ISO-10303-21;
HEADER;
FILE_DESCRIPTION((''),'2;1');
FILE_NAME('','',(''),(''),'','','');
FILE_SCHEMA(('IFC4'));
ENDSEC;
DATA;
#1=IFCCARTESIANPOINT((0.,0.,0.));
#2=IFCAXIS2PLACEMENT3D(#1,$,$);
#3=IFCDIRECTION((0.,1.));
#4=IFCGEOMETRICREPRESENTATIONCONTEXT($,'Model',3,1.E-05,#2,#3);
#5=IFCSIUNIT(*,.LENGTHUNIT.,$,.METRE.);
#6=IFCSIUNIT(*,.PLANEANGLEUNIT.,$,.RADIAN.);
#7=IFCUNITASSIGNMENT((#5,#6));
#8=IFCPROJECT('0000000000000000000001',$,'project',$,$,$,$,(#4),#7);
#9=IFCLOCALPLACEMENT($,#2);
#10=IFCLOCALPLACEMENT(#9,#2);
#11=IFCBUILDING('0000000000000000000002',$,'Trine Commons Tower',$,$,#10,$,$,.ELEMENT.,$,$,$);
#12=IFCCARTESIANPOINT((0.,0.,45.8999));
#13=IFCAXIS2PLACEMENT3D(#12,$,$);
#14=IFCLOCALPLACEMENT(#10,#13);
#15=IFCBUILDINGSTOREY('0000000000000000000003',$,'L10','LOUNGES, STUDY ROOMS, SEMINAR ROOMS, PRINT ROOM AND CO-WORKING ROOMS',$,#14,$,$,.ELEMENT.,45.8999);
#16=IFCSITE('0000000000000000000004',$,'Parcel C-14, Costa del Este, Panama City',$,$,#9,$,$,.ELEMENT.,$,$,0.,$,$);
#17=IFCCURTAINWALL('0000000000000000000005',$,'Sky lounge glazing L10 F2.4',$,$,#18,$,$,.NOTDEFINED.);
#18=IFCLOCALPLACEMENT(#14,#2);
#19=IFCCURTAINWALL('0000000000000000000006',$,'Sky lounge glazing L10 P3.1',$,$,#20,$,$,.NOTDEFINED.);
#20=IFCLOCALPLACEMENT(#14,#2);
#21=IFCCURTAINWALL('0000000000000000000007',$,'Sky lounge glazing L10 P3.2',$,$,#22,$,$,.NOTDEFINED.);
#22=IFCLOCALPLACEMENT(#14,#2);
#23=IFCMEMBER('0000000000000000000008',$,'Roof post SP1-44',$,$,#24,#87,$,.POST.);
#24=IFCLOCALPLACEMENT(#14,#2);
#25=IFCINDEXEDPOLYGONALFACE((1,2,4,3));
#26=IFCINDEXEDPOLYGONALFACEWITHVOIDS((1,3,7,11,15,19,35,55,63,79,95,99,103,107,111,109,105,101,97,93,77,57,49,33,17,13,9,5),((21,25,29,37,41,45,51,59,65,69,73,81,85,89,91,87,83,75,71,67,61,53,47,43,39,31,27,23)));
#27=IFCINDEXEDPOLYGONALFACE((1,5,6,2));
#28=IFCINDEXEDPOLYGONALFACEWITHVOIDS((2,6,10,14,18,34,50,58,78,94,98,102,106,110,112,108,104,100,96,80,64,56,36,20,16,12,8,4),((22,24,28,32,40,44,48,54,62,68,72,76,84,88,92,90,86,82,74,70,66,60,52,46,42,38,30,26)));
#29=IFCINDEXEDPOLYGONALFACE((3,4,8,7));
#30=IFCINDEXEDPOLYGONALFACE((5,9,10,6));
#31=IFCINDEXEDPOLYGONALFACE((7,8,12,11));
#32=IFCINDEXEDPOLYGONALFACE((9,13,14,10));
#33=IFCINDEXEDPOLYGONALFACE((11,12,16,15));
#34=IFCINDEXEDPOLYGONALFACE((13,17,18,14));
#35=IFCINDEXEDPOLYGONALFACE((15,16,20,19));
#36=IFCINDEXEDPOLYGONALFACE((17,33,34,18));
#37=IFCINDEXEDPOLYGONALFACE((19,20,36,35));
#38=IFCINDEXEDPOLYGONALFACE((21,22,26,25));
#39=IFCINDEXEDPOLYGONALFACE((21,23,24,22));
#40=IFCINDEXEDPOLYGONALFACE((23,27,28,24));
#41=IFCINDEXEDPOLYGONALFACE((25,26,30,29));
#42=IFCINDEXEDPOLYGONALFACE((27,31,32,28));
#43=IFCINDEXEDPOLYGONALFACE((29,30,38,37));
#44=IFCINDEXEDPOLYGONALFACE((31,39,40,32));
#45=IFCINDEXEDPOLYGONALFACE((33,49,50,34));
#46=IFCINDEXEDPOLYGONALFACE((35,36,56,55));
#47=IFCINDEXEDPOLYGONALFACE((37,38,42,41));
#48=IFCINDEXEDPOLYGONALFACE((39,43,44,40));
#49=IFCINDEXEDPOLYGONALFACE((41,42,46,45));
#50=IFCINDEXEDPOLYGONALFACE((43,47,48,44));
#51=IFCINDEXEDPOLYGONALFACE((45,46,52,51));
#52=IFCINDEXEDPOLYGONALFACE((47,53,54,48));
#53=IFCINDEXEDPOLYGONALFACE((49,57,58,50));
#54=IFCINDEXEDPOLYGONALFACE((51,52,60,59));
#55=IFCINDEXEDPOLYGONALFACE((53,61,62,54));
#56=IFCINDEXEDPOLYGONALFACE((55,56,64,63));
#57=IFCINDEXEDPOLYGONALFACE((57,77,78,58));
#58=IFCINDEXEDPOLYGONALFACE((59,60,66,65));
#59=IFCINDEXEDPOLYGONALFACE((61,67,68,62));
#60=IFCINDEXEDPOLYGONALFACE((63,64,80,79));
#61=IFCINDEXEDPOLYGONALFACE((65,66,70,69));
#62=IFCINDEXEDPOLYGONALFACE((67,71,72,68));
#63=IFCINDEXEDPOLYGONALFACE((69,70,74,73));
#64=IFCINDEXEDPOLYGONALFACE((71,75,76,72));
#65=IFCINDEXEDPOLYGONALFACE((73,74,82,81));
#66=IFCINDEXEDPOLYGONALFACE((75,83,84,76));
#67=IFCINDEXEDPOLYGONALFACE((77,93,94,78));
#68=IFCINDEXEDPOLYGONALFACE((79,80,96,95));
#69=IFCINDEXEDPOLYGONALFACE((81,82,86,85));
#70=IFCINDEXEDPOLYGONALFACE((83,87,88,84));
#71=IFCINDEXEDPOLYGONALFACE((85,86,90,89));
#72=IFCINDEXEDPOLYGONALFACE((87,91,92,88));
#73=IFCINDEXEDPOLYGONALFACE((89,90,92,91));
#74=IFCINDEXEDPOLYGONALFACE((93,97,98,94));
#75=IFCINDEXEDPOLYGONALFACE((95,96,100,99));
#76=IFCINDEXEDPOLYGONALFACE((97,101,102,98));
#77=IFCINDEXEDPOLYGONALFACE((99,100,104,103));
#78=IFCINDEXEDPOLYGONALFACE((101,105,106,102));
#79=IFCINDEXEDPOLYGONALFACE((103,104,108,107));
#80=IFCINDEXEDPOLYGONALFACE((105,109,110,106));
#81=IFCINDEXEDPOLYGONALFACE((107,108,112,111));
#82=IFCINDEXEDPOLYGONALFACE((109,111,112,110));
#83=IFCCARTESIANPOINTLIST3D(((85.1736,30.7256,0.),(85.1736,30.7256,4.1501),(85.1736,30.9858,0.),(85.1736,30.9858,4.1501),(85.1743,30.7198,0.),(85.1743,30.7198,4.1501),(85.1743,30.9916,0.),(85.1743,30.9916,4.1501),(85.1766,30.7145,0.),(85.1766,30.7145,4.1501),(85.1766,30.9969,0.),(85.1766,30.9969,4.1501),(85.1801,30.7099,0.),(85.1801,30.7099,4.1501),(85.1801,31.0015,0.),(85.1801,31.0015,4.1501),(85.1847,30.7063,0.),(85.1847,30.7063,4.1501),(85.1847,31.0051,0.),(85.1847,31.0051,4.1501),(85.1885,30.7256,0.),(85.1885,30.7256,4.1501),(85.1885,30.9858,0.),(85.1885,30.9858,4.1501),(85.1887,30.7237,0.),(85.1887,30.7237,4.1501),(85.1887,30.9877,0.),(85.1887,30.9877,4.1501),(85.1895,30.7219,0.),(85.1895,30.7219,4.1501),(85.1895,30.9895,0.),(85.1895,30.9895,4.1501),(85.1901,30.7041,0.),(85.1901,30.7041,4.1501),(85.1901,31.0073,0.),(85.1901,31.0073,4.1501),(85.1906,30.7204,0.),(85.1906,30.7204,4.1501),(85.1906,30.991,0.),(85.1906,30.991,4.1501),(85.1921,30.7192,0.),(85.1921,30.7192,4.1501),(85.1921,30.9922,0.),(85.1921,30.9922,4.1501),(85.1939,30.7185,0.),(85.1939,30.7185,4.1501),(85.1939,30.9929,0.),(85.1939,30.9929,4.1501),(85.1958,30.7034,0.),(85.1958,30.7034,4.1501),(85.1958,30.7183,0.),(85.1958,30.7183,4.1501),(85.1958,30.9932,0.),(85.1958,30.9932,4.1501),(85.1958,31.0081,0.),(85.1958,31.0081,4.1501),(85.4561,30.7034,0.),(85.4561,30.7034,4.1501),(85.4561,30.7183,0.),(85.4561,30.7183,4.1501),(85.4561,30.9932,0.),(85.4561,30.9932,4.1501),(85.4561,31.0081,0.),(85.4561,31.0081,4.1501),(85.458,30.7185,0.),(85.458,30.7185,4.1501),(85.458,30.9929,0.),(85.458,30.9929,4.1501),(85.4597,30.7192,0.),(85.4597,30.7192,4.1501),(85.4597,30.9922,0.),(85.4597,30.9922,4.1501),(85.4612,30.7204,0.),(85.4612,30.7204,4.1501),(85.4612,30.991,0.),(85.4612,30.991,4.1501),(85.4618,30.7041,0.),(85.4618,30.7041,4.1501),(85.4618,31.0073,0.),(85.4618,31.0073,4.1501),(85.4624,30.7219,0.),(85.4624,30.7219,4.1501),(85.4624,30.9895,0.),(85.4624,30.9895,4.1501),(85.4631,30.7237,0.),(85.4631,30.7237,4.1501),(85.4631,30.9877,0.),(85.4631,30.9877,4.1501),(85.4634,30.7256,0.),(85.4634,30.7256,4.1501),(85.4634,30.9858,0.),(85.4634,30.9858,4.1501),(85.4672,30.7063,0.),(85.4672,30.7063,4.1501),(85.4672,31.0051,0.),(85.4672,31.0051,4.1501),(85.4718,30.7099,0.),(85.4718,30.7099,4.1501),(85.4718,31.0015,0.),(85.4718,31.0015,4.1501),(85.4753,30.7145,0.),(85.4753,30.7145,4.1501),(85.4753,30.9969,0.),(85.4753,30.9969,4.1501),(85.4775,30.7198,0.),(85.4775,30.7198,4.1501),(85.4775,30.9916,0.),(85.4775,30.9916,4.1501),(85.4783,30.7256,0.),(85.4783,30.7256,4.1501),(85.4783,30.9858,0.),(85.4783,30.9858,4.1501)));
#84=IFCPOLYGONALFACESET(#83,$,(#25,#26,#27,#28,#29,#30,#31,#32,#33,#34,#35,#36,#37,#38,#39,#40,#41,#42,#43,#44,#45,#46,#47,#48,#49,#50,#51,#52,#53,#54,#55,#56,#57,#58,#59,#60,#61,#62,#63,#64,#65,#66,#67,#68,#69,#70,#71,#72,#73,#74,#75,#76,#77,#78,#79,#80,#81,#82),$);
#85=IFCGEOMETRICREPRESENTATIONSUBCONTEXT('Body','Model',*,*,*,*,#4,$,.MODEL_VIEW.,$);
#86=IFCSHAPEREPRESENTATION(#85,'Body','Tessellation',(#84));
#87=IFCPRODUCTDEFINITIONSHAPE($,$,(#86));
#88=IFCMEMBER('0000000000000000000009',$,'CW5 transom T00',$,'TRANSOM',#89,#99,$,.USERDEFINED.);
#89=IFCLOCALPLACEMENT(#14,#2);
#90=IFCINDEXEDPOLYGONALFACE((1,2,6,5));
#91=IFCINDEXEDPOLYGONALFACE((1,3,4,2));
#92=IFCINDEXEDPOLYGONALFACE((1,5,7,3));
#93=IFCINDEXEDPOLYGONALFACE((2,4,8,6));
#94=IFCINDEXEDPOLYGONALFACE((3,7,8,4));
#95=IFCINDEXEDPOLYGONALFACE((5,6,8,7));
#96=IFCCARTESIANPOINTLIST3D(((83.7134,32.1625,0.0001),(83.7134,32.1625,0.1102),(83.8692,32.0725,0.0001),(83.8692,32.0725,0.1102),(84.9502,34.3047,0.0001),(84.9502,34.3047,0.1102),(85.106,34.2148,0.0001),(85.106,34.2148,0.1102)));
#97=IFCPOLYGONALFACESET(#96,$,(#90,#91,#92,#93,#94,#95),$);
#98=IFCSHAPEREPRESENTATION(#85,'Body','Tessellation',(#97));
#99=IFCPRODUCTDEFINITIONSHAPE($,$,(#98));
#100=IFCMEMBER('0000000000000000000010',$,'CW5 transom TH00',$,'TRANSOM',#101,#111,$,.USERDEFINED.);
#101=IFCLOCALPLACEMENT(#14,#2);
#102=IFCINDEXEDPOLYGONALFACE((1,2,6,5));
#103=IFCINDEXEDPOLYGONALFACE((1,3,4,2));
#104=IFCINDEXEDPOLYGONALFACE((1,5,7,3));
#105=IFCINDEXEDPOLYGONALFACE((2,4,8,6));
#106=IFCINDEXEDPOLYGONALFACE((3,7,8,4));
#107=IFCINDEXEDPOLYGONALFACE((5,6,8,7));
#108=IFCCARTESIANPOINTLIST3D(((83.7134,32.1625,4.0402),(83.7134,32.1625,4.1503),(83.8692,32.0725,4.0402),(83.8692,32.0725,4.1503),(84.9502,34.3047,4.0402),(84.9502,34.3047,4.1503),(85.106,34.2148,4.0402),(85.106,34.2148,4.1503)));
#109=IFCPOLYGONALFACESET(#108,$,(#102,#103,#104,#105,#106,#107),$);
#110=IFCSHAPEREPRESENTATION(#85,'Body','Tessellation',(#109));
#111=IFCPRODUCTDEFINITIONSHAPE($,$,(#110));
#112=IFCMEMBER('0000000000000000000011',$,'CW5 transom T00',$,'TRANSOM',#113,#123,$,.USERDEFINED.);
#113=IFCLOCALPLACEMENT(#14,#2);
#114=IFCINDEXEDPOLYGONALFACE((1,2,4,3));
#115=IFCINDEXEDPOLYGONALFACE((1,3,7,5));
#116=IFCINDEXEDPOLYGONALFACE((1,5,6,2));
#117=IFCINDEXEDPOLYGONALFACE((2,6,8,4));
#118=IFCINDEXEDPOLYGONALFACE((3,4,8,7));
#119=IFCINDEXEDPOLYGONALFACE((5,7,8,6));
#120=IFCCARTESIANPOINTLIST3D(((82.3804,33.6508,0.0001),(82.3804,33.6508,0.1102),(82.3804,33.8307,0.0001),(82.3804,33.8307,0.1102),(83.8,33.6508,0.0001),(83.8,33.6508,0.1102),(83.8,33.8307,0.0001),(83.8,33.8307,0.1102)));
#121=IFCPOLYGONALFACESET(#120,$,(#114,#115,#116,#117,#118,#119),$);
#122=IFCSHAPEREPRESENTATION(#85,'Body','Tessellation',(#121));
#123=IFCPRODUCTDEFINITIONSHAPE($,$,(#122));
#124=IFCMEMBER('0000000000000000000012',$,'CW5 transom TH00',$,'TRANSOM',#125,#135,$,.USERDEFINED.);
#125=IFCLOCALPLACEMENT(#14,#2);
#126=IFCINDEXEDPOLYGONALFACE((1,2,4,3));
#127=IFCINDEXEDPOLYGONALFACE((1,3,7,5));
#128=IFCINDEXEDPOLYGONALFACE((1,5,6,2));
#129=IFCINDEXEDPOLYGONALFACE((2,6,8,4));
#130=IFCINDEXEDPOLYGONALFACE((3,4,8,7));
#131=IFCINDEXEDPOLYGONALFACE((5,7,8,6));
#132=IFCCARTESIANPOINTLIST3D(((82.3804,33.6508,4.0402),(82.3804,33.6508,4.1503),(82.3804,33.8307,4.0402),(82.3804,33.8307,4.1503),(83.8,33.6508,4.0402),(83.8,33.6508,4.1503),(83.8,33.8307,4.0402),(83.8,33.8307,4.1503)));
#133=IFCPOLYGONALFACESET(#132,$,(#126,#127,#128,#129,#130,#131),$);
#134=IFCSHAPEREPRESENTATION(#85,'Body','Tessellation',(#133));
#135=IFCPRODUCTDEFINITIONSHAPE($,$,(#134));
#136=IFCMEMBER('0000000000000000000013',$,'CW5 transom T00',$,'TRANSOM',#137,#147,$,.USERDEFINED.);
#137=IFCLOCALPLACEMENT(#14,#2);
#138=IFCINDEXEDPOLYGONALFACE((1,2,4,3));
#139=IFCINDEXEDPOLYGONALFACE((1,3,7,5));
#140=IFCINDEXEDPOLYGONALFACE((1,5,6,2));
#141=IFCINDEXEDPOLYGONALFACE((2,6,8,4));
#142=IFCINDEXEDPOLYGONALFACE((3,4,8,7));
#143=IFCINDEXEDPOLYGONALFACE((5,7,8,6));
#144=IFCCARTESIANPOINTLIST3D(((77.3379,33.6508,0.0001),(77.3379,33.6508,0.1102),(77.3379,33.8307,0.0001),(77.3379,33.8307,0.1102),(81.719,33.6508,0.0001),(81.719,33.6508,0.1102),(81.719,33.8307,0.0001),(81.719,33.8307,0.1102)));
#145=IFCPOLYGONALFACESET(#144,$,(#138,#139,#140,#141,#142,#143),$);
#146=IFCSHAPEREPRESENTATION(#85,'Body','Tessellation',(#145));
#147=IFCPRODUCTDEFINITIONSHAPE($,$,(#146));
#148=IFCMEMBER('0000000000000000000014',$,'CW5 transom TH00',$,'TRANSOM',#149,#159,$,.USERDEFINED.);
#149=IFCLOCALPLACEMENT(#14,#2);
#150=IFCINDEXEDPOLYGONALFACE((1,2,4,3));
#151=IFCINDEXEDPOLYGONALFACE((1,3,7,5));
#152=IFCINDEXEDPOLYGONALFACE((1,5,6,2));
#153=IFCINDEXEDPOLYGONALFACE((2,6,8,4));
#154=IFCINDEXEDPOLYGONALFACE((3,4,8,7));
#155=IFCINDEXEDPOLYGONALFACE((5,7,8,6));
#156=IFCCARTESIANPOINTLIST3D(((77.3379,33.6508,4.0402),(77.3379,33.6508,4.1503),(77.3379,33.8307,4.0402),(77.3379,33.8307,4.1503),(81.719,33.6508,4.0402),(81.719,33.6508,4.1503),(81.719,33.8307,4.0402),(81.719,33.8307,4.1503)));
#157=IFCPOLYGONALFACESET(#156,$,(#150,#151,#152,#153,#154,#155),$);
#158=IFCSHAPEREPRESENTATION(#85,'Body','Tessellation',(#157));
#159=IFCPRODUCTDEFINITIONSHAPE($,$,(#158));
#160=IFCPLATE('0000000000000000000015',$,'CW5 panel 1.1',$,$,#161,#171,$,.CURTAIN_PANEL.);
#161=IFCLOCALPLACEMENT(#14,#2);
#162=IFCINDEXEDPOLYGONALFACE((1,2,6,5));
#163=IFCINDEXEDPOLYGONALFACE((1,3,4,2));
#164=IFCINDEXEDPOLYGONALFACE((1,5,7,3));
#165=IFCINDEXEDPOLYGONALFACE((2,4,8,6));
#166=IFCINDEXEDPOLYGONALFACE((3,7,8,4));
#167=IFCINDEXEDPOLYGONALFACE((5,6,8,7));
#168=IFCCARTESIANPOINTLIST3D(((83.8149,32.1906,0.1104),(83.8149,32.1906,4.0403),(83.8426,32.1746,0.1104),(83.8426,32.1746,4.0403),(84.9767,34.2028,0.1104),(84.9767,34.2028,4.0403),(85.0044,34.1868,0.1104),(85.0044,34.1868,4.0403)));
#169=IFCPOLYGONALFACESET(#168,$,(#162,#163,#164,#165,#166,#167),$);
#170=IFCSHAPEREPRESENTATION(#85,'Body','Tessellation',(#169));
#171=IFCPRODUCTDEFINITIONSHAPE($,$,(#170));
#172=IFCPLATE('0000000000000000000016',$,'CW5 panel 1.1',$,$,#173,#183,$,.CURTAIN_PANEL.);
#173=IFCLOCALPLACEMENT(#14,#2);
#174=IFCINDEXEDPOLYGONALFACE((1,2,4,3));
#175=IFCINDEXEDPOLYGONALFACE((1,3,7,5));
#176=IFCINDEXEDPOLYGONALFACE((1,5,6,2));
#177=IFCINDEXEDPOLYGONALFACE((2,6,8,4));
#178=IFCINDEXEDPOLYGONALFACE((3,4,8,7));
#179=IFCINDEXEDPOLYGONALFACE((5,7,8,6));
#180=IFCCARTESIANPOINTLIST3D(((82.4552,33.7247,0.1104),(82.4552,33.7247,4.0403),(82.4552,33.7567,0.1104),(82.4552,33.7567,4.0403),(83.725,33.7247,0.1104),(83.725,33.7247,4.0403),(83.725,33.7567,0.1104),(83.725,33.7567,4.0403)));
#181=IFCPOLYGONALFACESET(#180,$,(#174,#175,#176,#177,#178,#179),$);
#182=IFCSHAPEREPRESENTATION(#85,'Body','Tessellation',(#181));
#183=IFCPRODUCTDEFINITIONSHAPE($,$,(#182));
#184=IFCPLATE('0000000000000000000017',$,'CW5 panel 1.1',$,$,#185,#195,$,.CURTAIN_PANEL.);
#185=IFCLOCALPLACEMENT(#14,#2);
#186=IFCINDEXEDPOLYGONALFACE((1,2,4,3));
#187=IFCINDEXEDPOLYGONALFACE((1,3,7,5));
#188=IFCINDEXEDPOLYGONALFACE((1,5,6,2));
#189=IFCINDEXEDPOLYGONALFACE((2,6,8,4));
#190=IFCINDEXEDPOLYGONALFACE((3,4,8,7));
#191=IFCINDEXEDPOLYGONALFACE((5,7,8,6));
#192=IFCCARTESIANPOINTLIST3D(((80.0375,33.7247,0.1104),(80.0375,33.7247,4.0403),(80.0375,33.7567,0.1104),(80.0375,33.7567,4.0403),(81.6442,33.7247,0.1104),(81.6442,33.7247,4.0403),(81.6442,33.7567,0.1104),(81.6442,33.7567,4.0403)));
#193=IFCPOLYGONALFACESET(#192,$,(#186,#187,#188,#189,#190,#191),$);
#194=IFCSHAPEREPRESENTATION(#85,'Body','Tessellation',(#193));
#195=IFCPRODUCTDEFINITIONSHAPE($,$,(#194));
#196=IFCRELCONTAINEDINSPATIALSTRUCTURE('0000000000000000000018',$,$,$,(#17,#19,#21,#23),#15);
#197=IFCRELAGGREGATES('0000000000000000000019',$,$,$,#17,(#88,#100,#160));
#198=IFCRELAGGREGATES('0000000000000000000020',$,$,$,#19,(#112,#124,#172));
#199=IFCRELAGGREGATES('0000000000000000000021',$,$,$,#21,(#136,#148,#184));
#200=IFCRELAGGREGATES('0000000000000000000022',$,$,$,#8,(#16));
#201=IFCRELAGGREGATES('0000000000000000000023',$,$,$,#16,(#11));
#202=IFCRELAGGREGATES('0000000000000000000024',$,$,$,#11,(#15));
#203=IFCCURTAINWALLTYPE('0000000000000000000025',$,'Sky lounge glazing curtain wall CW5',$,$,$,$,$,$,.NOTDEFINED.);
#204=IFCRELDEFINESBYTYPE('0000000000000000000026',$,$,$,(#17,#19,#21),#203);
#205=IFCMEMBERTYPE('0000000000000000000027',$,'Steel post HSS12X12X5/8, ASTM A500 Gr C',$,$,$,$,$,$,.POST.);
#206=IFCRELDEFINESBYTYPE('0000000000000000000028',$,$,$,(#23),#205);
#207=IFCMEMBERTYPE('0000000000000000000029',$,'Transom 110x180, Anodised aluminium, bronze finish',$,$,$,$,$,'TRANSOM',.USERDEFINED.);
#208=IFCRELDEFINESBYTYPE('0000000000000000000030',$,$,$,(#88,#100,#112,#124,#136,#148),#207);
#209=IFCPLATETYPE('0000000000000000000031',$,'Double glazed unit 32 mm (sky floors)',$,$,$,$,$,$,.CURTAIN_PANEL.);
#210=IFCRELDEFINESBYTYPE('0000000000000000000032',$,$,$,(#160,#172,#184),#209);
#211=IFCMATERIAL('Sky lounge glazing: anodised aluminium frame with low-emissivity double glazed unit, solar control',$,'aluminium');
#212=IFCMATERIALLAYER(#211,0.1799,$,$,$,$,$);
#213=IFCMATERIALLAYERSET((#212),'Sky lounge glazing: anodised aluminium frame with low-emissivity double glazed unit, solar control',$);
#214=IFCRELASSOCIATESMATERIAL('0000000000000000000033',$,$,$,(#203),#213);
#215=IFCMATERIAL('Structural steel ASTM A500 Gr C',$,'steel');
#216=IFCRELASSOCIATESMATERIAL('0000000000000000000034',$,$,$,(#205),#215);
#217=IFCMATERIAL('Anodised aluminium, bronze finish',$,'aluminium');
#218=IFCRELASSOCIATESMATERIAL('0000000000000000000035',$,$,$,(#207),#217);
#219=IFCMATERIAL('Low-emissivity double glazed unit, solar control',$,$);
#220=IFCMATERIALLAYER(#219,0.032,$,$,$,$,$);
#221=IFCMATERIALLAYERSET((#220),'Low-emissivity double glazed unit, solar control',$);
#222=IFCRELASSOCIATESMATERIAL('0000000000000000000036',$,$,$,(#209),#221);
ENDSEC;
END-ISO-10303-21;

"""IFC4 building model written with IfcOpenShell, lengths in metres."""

from ifc_helpers import new_model, si_unit, direction, frame, origin, origin_2d, place, context, subcontext, project, spatial, rectangle, hollow_rectangle, extrude, material, layer, layer_set, material_profile, profile_set, type_object, element, aggregate, save


model = new_model("IFC4")

# Units and contexts
model_context = context("Model", 3, precision=1e-05, world=origin(), true_north=direction((0.0, 1.0)))
body_context = subcontext(model_context, "Body", "Model", "MODEL_VIEW")
ifc_project = project(units=[si_unit("LENGTHUNIT", "METRE"), si_unit("PLANEANGLEUNIT", "RADIAN")], contexts=[model_context])

# Site, building, storey
site_placement = place(None, origin())
site = spatial("IfcSite", under=ifc_project, at=site_placement, Name="Parcel C-14, Costa del Este, Panama City", CompositionType="ELEMENT", RefElevation=0.0)
building_placement = place(site_placement, origin())
building = spatial("IfcBuilding", under=site, at=building_placement, Name="Trine Commons Tower", CompositionType="ELEMENT")
storey_placement = place(building_placement, frame((0.0, 0.0, 45.8999)))
storey = spatial("IfcBuildingStorey", under=building, at=storey_placement, Name="L10", Description="LOUNGES, STUDY ROOMS, SEMINAR ROOMS, PRINT ROOM AND CO-WORKING ROOMS", CompositionType="ELEMENT", Elevation=45.8999)

# Curtain walls
ifc_material_1 = material(Name="Sky lounge glazing: anodised aluminium frame with low-emissivity double glazed unit, solar control", Category="aluminium")
ifc_layer_1 = layer(ifc_material_1, 0.1799)
ifc_layer_set_1 = layer_set([ifc_layer_1], Name="Sky lounge glazing: anodised aluminium frame with low-emissivity double glazed unit, solar control")
curtain_wall_type = type_object("IfcCurtainWallType", Name="Sky lounge glazing curtain wall CW5", PredefinedType="NOTDEFINED", material=ifc_layer_set_1)
curtain_wall_1_placement = place(storey_placement, origin())
curtain_wall_1 = element("IfcCurtainWall", 1, at=curtain_wall_1_placement, inside=storey, type_object=curtain_wall_type, Name="Sky lounge glazing L10 F2.4", PredefinedType="NOTDEFINED")
ifc_material_2 = material(Name="Anodised aluminium, bronze finish", Category="aluminium")
curtain_wall_2_placement = place(storey_placement, origin())
curtain_wall_2 = element("IfcCurtainWall", 2, at=curtain_wall_2_placement, inside=storey, type_object=curtain_wall_type, Name="Sky lounge glazing L10 P3.1", PredefinedType="NOTDEFINED")
curtain_wall_3_placement = place(storey_placement, origin())
curtain_wall_3 = element("IfcCurtainWall", 3, at=curtain_wall_3_placement, inside=storey, type_object=curtain_wall_type, Name="Sky lounge glazing L10 P3.2", PredefinedType="NOTDEFINED")

# Member
ifc_material_3 = material(Name="Structural steel ASTM A500 Gr C", Category="steel")
ifc_material_profile_1 = material_profile(ifc_material_3, hollow_rectangle(XDim=0.3047, YDim=0.3047, WallThickness=0.0149, InnerFilletRadius=0.0073, OuterFilletRadius=0.0222, at=origin_2d()), Name="HSS12X12X5/8")
ifc_profile_set_1 = profile_set([ifc_material_profile_1], Name="Structural steel ASTM A500 Gr C")
member_type_1 = type_object("IfcMemberType", Name="Steel post HSS12X12X5/8, ASTM A500 Gr C", PredefinedType="POST", material=ifc_profile_set_1)
for number, where, z_axis, x_axis, name in (
    (4, (85.3259, 30.8557, 0.0), (0.0, 0.0, 1.0), (1.0, 0.0, 0.0), "Roof post SP1-44"),
):
    element("IfcMember", number, at=place(storey_placement, frame(where, z_axis=z_axis, x_axis=x_axis)), inside=storey, type_object=member_type_1, Name=name, PredefinedType="POST", context=body_context, shape_type="SweptSolid", body=[
        extrude(hollow_rectangle(XDim=0.3047, YDim=0.3047, WallThickness=0.0149, InnerFilletRadius=0.0073, OuterFilletRadius=0.0222, at=origin_2d()), origin(), (0.0, 0.0, 1.0), 4.1501),
    ])

# Members
ifc_material_profile_2 = material_profile(ifc_material_2, rectangle(XDim=0.1799, YDim=0.1101, at=origin_2d()), Name="Transom 110x180")
ifc_profile_set_2 = profile_set([ifc_material_profile_2], Name="Anodised aluminium, bronze finish")
member_type_2 = type_object("IfcMemberType", Name="Transom 110x180, Anodised aluminium, bronze finish", ElementType="TRANSOM", PredefinedType="USERDEFINED", material=ifc_profile_set_2)
member_1_placement = place(storey_placement, frame((85.0281, 34.2598, 0.0552), z_axis=(-0.499982, -0.866036, 0.0), x_axis=(0.866036, -0.499982, 0.0)))
member_1 = element("IfcMember", 5, at=member_1_placement, type_object=member_type_2, Name="CW5 transom T00", ObjectType="TRANSOM", PredefinedType="USERDEFINED", context=body_context, shape_type="SweptSolid", body=[
    extrude(rectangle(XDim=0.1799, YDim=0.1101, at=origin_2d()), origin(), (0.0, 0.0, 1.0), 2.4736),
])
member_2_placement = place(storey_placement, frame((85.0281, 34.2598, 4.0952), z_axis=(-0.499982, -0.866036, 0.0), x_axis=(0.866036, -0.499982, 0.0)))
member_2 = element("IfcMember", 6, at=member_2_placement, type_object=member_type_2, Name="CW5 transom TH00", ObjectType="TRANSOM", PredefinedType="USERDEFINED", context=body_context, shape_type="SweptSolid", body=[
    extrude(rectangle(XDim=0.1799, YDim=0.1101, at=origin_2d()), origin(), (0.0, 0.0, 1.0), 2.4736),
])
member_3_placement = place(storey_placement, frame((83.8, 33.7407, 0.0552), z_axis=(-1.0, 0.0, 0.0), x_axis=(0.0, -1.0, 0.0)))
member_3 = element("IfcMember", 7, at=member_3_placement, type_object=member_type_2, Name="CW5 transom T00", ObjectType="TRANSOM", PredefinedType="USERDEFINED", context=body_context, shape_type="SweptSolid", body=[
    extrude(rectangle(XDim=0.1799, YDim=0.1101, at=origin_2d()), origin(), (0.0, 0.0, 1.0), 1.4197),
])
member_4_placement = place(storey_placement, frame((83.8, 33.7407, 4.0952), z_axis=(-1.0, 0.0, 0.0), x_axis=(0.0, -1.0, 0.0)))
member_4 = element("IfcMember", 8, at=member_4_placement, type_object=member_type_2, Name="CW5 transom TH00", ObjectType="TRANSOM", PredefinedType="USERDEFINED", context=body_context, shape_type="SweptSolid", body=[
    extrude(rectangle(XDim=0.1799, YDim=0.1101, at=origin_2d()), origin(), (0.0, 0.0, 1.0), 1.4197),
])
member_5_placement = place(storey_placement, frame((81.719, 33.7407, 0.0552), z_axis=(-1.0, 0.0, 0.0), x_axis=(0.0, -1.0, 0.0)))
member_5 = element("IfcMember", 9, at=member_5_placement, type_object=member_type_2, Name="CW5 transom T00", ObjectType="TRANSOM", PredefinedType="USERDEFINED", context=body_context, shape_type="SweptSolid", body=[
    extrude(rectangle(XDim=0.1799, YDim=0.1101, at=origin_2d()), origin(), (0.0, 0.0, 1.0), 4.3811),
])
member_6_placement = place(storey_placement, frame((81.719, 33.7407, 4.0952), z_axis=(-1.0, 0.0, 0.0), x_axis=(0.0, -1.0, 0.0)))
member_6 = element("IfcMember", 10, at=member_6_placement, type_object=member_type_2, Name="CW5 transom TH00", ObjectType="TRANSOM", PredefinedType="USERDEFINED", context=body_context, shape_type="SweptSolid", body=[
    extrude(rectangle(XDim=0.1799, YDim=0.1101, at=origin_2d()), origin(), (0.0, 0.0, 1.0), 4.3811),
])

# Plates
ifc_material_4 = material(Name="Low-emissivity double glazed unit, solar control")
ifc_layer_2 = layer(ifc_material_4, 0.032)
ifc_layer_set_2 = layer_set([ifc_layer_2], Name="Low-emissivity double glazed unit, solar control")
plate_type = type_object("IfcPlateType", Name="Double glazed unit 32 mm (sky floors)", PredefinedType="CURTAIN_PANEL", material=ifc_layer_set_2)
plate_1_placement = place(storey_placement, frame((84.4097, 33.1887, 0.1104), z_axis=(0.0, 0.0, 1.0), x_axis=(-0.5, -0.866025, 0.0)))
plate_1 = element("IfcPlate", 11, at=plate_1_placement, type_object=plate_type, Name="CW5 panel 1.1", PredefinedType="CURTAIN_PANEL", context=body_context, shape_type="SweptSolid", body=[
    extrude(rectangle(XDim=2.3235, YDim=0.032, at=origin_2d()), origin(), (0.0, 0.0, 1.0), 3.9299),
])
aggregate(curtain_wall_1, [member_1, member_2, plate_1])
plate_2_placement = place(storey_placement, frame((83.0901, 33.7407, 0.1104), z_axis=(0.0, 0.0, 1.0), x_axis=(-1.0, 0.0, 0.0)))
plate_2 = element("IfcPlate", 12, at=plate_2_placement, type_object=plate_type, Name="CW5 panel 1.1", PredefinedType="CURTAIN_PANEL", context=body_context, shape_type="SweptSolid", body=[
    extrude(rectangle(XDim=1.2698, YDim=0.032, at=origin_2d()), origin(), (0.0, 0.0, 1.0), 3.9299),
])
aggregate(curtain_wall_2, [member_3, member_4, plate_2])
plate_3_placement = place(storey_placement, frame((80.8408, 33.7407, 0.1104), z_axis=(0.0, 0.0, 1.0), x_axis=(-1.0, 0.0, 0.0)))
plate_3 = element("IfcPlate", 13, at=plate_3_placement, type_object=plate_type, Name="CW5 panel 1.1", PredefinedType="CURTAIN_PANEL", context=body_context, shape_type="SweptSolid", body=[
    extrude(rectangle(XDim=1.6067, YDim=0.032, at=origin_2d()), origin(), (0.0, 0.0, 1.0), 3.9299),
])
aggregate(curtain_wall_3, [member_5, member_6, plate_3])

save(model, "model.ifc")
